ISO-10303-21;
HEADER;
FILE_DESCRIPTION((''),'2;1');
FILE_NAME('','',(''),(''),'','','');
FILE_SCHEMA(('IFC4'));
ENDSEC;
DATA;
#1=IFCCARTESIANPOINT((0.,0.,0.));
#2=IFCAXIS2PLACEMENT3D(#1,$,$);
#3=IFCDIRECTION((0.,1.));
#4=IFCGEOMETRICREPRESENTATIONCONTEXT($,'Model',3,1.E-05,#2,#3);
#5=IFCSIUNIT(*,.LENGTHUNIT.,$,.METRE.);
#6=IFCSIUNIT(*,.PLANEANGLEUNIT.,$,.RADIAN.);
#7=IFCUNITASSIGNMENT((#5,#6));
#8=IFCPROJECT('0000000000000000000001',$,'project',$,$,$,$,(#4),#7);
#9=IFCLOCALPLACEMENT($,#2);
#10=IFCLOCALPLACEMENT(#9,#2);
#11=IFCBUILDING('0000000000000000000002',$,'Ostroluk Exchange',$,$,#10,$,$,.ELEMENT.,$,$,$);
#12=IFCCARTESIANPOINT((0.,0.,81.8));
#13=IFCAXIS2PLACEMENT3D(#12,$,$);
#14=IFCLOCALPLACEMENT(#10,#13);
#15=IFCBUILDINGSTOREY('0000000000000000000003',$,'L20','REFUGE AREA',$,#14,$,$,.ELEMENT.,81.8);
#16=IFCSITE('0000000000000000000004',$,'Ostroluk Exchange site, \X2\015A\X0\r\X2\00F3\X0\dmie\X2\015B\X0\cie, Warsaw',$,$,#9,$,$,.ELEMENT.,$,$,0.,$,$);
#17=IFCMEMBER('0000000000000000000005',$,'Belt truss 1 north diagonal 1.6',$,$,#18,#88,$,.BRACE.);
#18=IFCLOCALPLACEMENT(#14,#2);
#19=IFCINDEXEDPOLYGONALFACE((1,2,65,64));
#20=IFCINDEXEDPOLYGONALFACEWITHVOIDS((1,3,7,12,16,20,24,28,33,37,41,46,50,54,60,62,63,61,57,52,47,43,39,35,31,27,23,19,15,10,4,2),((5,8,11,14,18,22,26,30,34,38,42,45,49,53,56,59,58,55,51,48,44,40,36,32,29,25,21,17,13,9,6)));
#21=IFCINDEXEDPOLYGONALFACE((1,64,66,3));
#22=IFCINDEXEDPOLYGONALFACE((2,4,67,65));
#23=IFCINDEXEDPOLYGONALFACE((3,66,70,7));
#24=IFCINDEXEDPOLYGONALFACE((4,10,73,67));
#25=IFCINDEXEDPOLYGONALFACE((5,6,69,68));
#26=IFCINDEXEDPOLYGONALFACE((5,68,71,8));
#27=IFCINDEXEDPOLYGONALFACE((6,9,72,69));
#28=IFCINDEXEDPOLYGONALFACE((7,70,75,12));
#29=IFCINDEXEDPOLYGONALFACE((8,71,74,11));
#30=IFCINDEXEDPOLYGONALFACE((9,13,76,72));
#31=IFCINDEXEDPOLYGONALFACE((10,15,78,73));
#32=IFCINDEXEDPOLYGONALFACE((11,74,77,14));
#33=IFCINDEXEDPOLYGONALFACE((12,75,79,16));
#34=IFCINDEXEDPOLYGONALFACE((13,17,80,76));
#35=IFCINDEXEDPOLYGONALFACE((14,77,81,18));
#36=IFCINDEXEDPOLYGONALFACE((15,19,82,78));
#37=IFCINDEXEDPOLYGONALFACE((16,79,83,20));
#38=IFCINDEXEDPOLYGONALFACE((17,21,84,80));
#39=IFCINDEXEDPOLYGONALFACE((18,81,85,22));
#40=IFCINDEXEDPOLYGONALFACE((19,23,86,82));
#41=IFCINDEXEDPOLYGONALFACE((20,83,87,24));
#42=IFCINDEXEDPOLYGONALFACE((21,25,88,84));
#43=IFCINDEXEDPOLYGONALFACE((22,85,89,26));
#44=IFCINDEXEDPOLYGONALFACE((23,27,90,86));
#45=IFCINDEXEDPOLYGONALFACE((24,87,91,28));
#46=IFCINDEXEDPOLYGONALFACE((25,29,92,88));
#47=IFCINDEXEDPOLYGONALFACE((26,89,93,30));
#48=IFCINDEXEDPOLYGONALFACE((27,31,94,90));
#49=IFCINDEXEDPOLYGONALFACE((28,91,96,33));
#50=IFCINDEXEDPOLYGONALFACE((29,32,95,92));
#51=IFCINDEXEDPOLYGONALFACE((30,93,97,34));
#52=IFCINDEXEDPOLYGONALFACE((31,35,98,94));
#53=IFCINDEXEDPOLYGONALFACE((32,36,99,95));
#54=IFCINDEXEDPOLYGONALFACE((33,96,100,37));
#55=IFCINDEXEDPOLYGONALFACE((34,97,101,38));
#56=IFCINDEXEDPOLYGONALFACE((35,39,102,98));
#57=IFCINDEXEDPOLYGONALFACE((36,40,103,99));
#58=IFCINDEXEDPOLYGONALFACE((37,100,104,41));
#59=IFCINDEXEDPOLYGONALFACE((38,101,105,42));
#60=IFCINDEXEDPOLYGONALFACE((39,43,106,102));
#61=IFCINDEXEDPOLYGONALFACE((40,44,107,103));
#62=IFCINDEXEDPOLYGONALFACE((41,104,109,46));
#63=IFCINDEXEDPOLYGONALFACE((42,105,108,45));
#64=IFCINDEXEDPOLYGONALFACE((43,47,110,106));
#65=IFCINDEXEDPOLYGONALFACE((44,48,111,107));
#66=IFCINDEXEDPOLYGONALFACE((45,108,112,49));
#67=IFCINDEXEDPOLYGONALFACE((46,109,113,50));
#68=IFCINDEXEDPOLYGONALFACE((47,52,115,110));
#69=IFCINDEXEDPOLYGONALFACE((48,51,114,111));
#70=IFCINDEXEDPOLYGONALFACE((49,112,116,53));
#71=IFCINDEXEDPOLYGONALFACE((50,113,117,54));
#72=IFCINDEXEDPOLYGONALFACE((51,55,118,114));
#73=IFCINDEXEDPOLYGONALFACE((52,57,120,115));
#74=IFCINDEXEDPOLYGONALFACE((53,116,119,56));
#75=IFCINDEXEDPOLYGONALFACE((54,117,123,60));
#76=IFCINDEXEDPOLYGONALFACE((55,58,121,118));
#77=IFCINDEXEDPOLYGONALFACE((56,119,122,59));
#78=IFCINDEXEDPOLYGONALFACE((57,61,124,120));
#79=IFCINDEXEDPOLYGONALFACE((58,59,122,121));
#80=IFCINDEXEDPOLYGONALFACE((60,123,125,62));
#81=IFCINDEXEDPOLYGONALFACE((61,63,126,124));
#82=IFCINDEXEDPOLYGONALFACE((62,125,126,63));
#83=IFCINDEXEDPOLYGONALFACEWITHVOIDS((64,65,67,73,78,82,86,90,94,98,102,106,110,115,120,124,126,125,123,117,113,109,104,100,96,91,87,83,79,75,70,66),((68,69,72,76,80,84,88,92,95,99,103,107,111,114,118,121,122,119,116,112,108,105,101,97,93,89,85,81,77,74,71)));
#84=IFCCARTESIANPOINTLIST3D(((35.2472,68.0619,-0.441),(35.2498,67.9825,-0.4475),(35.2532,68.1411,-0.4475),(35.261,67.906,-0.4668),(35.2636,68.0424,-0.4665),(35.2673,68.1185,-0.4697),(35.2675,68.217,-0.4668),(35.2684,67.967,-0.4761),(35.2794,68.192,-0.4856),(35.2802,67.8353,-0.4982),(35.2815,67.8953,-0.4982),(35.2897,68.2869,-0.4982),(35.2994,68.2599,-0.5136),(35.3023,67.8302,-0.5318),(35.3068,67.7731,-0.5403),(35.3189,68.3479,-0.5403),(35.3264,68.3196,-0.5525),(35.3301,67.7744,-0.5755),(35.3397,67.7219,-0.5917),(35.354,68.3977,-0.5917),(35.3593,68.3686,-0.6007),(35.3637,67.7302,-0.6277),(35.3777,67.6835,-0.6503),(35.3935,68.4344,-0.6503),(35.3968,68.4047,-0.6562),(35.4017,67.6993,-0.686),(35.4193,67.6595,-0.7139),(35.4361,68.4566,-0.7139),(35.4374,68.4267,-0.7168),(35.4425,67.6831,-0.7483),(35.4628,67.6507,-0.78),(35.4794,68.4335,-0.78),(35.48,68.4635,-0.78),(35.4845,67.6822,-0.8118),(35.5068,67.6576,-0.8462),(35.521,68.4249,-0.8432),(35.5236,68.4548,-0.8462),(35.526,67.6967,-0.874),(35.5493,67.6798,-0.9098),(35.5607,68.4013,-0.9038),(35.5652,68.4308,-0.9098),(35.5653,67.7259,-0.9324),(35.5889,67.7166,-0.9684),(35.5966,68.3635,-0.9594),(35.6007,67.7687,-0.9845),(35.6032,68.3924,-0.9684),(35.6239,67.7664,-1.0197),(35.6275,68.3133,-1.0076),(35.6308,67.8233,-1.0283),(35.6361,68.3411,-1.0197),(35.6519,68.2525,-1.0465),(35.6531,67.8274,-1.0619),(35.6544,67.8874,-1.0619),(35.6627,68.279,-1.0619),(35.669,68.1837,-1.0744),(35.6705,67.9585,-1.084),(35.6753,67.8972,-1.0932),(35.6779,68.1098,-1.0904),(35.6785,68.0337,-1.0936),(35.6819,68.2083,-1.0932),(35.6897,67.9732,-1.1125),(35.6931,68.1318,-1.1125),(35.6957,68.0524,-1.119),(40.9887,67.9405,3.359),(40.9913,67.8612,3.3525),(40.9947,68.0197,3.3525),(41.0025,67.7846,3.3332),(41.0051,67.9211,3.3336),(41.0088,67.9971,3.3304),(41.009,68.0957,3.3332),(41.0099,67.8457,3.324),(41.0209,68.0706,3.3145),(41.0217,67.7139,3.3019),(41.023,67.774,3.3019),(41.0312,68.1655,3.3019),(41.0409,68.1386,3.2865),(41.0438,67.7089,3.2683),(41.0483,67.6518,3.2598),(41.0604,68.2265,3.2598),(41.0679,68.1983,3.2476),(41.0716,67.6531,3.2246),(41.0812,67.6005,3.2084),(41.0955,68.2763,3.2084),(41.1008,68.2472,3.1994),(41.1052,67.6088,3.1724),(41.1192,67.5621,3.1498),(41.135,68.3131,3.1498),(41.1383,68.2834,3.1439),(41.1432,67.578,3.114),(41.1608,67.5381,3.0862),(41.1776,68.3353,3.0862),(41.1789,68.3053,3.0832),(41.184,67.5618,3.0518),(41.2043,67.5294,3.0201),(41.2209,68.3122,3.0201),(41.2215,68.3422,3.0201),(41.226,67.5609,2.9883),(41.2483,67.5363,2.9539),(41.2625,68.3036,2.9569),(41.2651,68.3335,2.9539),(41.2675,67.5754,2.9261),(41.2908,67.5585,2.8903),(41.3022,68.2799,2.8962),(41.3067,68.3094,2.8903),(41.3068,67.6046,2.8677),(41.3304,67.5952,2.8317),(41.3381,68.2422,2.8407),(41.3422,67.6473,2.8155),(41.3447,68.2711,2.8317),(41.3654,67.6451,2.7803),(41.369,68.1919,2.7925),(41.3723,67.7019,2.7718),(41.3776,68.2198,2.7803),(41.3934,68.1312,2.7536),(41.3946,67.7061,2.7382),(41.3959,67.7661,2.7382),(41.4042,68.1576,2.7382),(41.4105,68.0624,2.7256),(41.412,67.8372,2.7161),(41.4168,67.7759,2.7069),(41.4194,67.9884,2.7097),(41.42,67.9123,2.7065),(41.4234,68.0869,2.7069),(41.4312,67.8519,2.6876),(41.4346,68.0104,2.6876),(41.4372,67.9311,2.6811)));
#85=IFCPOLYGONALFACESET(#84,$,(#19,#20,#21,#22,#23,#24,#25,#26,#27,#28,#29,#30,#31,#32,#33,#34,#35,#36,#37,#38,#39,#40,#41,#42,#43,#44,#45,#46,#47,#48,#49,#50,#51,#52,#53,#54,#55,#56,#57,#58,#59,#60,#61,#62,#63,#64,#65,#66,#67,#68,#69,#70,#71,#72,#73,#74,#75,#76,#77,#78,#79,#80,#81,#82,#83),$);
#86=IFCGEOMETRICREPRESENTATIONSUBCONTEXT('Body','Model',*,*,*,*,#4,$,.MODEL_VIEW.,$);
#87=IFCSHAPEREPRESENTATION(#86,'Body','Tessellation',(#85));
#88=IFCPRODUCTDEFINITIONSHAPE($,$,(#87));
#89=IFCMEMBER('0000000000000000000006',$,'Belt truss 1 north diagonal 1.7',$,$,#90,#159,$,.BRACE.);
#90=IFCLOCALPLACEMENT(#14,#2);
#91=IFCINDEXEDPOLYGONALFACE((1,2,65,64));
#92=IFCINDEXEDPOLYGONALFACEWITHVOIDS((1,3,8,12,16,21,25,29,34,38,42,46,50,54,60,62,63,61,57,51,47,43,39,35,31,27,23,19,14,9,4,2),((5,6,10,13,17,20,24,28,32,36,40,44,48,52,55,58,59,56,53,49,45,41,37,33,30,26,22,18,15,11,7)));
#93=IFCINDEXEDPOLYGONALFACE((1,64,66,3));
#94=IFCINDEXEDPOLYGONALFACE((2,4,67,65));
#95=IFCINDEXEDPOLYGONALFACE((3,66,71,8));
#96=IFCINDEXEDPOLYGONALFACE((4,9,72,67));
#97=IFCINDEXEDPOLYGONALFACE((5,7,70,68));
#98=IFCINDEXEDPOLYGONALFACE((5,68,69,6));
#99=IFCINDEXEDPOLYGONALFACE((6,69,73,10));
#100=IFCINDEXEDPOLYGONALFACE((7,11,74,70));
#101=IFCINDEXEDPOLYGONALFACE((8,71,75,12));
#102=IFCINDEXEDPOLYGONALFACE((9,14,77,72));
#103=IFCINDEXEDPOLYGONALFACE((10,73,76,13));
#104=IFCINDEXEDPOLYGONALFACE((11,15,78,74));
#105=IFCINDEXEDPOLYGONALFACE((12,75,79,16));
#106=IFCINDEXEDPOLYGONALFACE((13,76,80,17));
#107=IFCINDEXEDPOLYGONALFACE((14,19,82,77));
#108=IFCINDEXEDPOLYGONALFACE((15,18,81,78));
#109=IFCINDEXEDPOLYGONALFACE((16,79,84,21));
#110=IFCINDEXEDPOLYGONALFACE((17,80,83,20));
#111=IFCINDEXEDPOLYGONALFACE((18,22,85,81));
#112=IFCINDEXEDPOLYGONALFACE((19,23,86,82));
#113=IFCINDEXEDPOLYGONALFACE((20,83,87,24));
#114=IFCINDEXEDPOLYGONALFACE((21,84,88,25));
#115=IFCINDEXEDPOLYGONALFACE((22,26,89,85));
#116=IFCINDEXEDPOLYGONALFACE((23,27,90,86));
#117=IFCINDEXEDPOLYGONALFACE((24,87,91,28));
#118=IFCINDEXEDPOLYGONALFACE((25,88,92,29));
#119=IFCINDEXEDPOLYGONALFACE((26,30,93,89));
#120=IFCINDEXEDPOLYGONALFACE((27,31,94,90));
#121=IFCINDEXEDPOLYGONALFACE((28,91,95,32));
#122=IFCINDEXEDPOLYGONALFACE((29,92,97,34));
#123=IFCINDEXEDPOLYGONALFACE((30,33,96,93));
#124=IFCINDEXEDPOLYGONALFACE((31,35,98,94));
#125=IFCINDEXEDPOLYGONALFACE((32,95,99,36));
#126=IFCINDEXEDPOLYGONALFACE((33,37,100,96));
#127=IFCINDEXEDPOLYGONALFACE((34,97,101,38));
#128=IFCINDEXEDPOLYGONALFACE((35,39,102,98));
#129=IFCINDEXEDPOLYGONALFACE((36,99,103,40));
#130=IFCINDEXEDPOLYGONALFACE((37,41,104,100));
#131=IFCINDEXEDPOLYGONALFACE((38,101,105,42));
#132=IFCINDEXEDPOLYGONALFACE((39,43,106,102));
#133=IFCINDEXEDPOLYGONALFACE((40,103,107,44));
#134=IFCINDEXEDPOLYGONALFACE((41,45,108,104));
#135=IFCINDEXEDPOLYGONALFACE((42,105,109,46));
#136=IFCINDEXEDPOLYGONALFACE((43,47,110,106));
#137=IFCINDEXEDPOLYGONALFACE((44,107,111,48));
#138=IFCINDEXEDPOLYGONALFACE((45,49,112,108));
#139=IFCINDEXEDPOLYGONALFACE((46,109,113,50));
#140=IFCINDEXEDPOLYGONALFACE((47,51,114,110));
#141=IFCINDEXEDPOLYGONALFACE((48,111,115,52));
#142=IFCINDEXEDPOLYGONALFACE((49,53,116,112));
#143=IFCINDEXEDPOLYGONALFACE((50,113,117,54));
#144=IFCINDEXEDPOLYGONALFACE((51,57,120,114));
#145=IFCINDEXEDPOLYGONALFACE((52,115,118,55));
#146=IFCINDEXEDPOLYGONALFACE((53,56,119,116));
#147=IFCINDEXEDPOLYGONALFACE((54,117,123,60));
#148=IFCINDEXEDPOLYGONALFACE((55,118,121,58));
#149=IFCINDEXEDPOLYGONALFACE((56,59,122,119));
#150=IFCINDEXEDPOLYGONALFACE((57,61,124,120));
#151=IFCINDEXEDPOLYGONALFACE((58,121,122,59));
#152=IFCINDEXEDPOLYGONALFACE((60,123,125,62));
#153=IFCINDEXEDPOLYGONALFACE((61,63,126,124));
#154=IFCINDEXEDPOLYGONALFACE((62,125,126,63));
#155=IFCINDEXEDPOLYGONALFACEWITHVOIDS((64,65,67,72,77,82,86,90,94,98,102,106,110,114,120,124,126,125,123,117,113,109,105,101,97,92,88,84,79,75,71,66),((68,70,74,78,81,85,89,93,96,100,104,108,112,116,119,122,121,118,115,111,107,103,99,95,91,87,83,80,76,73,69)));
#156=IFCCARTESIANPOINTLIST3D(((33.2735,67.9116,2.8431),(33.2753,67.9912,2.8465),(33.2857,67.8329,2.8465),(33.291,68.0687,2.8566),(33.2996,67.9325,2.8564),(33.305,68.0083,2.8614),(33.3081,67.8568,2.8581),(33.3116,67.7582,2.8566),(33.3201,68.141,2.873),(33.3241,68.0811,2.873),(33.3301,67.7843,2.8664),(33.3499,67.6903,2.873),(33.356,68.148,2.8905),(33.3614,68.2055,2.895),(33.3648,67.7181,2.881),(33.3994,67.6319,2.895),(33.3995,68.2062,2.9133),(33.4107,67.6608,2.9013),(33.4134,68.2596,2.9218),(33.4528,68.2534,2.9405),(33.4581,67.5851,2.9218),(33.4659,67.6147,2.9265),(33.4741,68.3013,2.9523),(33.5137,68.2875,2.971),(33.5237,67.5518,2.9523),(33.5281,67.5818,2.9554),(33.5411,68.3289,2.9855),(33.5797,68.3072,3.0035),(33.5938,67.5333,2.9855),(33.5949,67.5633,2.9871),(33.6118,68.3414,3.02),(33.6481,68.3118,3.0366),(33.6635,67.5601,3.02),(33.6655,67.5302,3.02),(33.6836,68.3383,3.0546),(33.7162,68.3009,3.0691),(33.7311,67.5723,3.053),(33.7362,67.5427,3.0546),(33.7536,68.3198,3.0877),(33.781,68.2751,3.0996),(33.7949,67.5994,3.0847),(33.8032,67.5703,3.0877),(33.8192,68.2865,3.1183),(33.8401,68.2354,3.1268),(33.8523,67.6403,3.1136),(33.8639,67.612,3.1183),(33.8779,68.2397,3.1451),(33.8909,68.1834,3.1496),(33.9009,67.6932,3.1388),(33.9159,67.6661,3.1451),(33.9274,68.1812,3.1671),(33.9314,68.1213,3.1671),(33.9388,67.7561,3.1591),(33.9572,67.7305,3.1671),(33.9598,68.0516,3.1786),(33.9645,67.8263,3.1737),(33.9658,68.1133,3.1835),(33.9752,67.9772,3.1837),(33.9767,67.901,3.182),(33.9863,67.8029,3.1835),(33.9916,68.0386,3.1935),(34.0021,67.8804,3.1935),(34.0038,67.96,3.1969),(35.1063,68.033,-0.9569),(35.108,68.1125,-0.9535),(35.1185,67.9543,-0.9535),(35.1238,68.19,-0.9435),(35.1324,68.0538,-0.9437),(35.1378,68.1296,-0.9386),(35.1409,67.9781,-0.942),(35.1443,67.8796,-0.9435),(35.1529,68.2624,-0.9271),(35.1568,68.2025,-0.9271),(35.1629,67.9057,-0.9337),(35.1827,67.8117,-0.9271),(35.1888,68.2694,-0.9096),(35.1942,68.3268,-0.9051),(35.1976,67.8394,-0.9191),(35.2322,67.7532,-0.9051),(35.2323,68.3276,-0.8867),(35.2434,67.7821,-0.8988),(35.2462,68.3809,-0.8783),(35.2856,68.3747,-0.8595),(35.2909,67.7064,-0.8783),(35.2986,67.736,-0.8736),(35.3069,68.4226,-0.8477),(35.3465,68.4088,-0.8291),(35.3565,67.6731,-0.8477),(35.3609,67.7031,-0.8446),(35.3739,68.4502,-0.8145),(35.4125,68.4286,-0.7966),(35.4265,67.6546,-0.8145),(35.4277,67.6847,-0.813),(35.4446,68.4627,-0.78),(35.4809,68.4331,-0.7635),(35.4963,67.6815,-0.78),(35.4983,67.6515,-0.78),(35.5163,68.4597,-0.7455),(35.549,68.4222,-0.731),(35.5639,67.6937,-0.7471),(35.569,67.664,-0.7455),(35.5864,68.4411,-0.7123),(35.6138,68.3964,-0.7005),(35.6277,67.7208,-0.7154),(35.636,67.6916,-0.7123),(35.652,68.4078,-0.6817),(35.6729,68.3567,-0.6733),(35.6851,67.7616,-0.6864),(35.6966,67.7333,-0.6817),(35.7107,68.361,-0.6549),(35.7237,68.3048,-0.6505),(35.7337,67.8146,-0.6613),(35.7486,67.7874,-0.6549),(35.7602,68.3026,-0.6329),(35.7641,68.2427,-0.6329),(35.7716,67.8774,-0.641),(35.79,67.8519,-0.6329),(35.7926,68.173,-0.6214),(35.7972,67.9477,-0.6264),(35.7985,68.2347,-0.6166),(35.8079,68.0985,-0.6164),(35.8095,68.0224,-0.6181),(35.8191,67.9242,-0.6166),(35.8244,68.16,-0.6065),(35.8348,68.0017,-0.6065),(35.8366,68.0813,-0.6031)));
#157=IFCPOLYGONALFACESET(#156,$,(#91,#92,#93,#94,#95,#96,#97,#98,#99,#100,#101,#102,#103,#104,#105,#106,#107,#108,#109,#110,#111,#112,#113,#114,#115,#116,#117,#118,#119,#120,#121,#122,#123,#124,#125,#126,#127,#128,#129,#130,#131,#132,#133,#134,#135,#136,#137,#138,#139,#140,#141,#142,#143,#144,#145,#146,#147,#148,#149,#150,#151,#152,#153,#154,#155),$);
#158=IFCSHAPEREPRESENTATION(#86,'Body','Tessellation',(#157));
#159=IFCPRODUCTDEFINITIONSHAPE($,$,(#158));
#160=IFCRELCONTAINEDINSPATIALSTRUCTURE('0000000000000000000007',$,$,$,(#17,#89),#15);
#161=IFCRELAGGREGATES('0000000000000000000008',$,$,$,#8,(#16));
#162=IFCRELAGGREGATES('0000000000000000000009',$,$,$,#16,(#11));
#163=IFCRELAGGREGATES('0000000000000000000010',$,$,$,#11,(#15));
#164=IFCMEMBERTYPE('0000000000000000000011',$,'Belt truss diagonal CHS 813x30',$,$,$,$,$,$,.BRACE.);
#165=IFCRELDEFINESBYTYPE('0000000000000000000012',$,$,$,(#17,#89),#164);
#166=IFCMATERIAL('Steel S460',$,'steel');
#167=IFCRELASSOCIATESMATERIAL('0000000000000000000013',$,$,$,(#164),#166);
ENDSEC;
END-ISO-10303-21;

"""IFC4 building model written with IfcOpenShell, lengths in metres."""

from ifc_helpers import new_model, si_unit, direction, frame, origin, origin_2d, place, context, subcontext, project, spatial, hollow_circle, extrude, material, material_profile, profile_set, type_object, element, save


model = new_model("IFC4")

# Units and contexts
model_context = context("Model", 3, precision=1e-05, world=origin(), true_north=direction((0.0, 1.0)))
body_context = subcontext(model_context, "Body", "Model", "MODEL_VIEW")
ifc_project = project(units=[si_unit("LENGTHUNIT", "METRE"), si_unit("PLANEANGLEUNIT", "RADIAN")], contexts=[model_context])

# Site, building, storey
site_placement = place(None, origin())
site = spatial("IfcSite", under=ifc_project, at=site_placement, Name="Ostroluk Exchange site, Śródmieście, Warsaw", CompositionType="ELEMENT", RefElevation=0.0)
building_placement = place(site_placement, origin())
building = spatial("IfcBuilding", under=site, at=building_placement, Name="Ostroluk Exchange", CompositionType="ELEMENT")
storey_placement = place(building_placement, frame((0.0, 0.0, 81.8)))
storey = spatial("IfcBuildingStorey", under=building, at=storey_placement, Name="L20", Description="REFUGE AREA", CompositionType="ELEMENT", Elevation=81.8)

# Members
ifc_material_1 = material(Name="Steel S460", Category="steel")
ifc_material_profile_1 = material_profile(ifc_material_1, hollow_circle(Radius=0.4065, WallThickness=0.03, at=origin_2d()), Name="CHS 813x30")
ifc_profile_set_1 = profile_set([ifc_material_profile_1], Name="Steel S460")
member_type_1 = type_object("IfcMemberType", Name="Belt truss diagonal CHS 813x30", PredefinedType="BRACE", material=ifc_profile_set_1)
member_1_placement = place(storey_placement, frame((35.4714, 68.0571, -0.78), z_axis=(0.833766, -0.017621, 0.551837), x_axis=(0.021129, 0.999777, 0.0)))
element("IfcMember", 1, at=member_1_placement, inside=storey, type_object=member_type_1, Name="Belt truss 1 north diagonal 1.6", PredefinedType="BRACE", context=body_context, shape_type="SweptSolid", body=[
    extrude(hollow_circle(Radius=0.4065, WallThickness=0.03, at=origin_2d()), origin(), (0.0, 0.0, 1.0), 6.8862),
])
member_2_placement = place(storey_placement, frame((35.4714, 68.0571, -0.78), z_axis=(-0.434234, -0.028748, 0.900341), x_axis=(0.06606, -0.997816, 0.0)))
element("IfcMember", 2, at=member_2_placement, inside=storey, type_object=member_type_1, Name="Belt truss 1 north diagonal 1.7", PredefinedType="BRACE", context=body_context, shape_type="SweptSolid", body=[
    extrude(hollow_circle(Radius=0.4065, WallThickness=0.03, at=origin_2d()), origin(), (0.0, 0.0, 1.0), 4.2207),
])

save(model, "model.ifc")
